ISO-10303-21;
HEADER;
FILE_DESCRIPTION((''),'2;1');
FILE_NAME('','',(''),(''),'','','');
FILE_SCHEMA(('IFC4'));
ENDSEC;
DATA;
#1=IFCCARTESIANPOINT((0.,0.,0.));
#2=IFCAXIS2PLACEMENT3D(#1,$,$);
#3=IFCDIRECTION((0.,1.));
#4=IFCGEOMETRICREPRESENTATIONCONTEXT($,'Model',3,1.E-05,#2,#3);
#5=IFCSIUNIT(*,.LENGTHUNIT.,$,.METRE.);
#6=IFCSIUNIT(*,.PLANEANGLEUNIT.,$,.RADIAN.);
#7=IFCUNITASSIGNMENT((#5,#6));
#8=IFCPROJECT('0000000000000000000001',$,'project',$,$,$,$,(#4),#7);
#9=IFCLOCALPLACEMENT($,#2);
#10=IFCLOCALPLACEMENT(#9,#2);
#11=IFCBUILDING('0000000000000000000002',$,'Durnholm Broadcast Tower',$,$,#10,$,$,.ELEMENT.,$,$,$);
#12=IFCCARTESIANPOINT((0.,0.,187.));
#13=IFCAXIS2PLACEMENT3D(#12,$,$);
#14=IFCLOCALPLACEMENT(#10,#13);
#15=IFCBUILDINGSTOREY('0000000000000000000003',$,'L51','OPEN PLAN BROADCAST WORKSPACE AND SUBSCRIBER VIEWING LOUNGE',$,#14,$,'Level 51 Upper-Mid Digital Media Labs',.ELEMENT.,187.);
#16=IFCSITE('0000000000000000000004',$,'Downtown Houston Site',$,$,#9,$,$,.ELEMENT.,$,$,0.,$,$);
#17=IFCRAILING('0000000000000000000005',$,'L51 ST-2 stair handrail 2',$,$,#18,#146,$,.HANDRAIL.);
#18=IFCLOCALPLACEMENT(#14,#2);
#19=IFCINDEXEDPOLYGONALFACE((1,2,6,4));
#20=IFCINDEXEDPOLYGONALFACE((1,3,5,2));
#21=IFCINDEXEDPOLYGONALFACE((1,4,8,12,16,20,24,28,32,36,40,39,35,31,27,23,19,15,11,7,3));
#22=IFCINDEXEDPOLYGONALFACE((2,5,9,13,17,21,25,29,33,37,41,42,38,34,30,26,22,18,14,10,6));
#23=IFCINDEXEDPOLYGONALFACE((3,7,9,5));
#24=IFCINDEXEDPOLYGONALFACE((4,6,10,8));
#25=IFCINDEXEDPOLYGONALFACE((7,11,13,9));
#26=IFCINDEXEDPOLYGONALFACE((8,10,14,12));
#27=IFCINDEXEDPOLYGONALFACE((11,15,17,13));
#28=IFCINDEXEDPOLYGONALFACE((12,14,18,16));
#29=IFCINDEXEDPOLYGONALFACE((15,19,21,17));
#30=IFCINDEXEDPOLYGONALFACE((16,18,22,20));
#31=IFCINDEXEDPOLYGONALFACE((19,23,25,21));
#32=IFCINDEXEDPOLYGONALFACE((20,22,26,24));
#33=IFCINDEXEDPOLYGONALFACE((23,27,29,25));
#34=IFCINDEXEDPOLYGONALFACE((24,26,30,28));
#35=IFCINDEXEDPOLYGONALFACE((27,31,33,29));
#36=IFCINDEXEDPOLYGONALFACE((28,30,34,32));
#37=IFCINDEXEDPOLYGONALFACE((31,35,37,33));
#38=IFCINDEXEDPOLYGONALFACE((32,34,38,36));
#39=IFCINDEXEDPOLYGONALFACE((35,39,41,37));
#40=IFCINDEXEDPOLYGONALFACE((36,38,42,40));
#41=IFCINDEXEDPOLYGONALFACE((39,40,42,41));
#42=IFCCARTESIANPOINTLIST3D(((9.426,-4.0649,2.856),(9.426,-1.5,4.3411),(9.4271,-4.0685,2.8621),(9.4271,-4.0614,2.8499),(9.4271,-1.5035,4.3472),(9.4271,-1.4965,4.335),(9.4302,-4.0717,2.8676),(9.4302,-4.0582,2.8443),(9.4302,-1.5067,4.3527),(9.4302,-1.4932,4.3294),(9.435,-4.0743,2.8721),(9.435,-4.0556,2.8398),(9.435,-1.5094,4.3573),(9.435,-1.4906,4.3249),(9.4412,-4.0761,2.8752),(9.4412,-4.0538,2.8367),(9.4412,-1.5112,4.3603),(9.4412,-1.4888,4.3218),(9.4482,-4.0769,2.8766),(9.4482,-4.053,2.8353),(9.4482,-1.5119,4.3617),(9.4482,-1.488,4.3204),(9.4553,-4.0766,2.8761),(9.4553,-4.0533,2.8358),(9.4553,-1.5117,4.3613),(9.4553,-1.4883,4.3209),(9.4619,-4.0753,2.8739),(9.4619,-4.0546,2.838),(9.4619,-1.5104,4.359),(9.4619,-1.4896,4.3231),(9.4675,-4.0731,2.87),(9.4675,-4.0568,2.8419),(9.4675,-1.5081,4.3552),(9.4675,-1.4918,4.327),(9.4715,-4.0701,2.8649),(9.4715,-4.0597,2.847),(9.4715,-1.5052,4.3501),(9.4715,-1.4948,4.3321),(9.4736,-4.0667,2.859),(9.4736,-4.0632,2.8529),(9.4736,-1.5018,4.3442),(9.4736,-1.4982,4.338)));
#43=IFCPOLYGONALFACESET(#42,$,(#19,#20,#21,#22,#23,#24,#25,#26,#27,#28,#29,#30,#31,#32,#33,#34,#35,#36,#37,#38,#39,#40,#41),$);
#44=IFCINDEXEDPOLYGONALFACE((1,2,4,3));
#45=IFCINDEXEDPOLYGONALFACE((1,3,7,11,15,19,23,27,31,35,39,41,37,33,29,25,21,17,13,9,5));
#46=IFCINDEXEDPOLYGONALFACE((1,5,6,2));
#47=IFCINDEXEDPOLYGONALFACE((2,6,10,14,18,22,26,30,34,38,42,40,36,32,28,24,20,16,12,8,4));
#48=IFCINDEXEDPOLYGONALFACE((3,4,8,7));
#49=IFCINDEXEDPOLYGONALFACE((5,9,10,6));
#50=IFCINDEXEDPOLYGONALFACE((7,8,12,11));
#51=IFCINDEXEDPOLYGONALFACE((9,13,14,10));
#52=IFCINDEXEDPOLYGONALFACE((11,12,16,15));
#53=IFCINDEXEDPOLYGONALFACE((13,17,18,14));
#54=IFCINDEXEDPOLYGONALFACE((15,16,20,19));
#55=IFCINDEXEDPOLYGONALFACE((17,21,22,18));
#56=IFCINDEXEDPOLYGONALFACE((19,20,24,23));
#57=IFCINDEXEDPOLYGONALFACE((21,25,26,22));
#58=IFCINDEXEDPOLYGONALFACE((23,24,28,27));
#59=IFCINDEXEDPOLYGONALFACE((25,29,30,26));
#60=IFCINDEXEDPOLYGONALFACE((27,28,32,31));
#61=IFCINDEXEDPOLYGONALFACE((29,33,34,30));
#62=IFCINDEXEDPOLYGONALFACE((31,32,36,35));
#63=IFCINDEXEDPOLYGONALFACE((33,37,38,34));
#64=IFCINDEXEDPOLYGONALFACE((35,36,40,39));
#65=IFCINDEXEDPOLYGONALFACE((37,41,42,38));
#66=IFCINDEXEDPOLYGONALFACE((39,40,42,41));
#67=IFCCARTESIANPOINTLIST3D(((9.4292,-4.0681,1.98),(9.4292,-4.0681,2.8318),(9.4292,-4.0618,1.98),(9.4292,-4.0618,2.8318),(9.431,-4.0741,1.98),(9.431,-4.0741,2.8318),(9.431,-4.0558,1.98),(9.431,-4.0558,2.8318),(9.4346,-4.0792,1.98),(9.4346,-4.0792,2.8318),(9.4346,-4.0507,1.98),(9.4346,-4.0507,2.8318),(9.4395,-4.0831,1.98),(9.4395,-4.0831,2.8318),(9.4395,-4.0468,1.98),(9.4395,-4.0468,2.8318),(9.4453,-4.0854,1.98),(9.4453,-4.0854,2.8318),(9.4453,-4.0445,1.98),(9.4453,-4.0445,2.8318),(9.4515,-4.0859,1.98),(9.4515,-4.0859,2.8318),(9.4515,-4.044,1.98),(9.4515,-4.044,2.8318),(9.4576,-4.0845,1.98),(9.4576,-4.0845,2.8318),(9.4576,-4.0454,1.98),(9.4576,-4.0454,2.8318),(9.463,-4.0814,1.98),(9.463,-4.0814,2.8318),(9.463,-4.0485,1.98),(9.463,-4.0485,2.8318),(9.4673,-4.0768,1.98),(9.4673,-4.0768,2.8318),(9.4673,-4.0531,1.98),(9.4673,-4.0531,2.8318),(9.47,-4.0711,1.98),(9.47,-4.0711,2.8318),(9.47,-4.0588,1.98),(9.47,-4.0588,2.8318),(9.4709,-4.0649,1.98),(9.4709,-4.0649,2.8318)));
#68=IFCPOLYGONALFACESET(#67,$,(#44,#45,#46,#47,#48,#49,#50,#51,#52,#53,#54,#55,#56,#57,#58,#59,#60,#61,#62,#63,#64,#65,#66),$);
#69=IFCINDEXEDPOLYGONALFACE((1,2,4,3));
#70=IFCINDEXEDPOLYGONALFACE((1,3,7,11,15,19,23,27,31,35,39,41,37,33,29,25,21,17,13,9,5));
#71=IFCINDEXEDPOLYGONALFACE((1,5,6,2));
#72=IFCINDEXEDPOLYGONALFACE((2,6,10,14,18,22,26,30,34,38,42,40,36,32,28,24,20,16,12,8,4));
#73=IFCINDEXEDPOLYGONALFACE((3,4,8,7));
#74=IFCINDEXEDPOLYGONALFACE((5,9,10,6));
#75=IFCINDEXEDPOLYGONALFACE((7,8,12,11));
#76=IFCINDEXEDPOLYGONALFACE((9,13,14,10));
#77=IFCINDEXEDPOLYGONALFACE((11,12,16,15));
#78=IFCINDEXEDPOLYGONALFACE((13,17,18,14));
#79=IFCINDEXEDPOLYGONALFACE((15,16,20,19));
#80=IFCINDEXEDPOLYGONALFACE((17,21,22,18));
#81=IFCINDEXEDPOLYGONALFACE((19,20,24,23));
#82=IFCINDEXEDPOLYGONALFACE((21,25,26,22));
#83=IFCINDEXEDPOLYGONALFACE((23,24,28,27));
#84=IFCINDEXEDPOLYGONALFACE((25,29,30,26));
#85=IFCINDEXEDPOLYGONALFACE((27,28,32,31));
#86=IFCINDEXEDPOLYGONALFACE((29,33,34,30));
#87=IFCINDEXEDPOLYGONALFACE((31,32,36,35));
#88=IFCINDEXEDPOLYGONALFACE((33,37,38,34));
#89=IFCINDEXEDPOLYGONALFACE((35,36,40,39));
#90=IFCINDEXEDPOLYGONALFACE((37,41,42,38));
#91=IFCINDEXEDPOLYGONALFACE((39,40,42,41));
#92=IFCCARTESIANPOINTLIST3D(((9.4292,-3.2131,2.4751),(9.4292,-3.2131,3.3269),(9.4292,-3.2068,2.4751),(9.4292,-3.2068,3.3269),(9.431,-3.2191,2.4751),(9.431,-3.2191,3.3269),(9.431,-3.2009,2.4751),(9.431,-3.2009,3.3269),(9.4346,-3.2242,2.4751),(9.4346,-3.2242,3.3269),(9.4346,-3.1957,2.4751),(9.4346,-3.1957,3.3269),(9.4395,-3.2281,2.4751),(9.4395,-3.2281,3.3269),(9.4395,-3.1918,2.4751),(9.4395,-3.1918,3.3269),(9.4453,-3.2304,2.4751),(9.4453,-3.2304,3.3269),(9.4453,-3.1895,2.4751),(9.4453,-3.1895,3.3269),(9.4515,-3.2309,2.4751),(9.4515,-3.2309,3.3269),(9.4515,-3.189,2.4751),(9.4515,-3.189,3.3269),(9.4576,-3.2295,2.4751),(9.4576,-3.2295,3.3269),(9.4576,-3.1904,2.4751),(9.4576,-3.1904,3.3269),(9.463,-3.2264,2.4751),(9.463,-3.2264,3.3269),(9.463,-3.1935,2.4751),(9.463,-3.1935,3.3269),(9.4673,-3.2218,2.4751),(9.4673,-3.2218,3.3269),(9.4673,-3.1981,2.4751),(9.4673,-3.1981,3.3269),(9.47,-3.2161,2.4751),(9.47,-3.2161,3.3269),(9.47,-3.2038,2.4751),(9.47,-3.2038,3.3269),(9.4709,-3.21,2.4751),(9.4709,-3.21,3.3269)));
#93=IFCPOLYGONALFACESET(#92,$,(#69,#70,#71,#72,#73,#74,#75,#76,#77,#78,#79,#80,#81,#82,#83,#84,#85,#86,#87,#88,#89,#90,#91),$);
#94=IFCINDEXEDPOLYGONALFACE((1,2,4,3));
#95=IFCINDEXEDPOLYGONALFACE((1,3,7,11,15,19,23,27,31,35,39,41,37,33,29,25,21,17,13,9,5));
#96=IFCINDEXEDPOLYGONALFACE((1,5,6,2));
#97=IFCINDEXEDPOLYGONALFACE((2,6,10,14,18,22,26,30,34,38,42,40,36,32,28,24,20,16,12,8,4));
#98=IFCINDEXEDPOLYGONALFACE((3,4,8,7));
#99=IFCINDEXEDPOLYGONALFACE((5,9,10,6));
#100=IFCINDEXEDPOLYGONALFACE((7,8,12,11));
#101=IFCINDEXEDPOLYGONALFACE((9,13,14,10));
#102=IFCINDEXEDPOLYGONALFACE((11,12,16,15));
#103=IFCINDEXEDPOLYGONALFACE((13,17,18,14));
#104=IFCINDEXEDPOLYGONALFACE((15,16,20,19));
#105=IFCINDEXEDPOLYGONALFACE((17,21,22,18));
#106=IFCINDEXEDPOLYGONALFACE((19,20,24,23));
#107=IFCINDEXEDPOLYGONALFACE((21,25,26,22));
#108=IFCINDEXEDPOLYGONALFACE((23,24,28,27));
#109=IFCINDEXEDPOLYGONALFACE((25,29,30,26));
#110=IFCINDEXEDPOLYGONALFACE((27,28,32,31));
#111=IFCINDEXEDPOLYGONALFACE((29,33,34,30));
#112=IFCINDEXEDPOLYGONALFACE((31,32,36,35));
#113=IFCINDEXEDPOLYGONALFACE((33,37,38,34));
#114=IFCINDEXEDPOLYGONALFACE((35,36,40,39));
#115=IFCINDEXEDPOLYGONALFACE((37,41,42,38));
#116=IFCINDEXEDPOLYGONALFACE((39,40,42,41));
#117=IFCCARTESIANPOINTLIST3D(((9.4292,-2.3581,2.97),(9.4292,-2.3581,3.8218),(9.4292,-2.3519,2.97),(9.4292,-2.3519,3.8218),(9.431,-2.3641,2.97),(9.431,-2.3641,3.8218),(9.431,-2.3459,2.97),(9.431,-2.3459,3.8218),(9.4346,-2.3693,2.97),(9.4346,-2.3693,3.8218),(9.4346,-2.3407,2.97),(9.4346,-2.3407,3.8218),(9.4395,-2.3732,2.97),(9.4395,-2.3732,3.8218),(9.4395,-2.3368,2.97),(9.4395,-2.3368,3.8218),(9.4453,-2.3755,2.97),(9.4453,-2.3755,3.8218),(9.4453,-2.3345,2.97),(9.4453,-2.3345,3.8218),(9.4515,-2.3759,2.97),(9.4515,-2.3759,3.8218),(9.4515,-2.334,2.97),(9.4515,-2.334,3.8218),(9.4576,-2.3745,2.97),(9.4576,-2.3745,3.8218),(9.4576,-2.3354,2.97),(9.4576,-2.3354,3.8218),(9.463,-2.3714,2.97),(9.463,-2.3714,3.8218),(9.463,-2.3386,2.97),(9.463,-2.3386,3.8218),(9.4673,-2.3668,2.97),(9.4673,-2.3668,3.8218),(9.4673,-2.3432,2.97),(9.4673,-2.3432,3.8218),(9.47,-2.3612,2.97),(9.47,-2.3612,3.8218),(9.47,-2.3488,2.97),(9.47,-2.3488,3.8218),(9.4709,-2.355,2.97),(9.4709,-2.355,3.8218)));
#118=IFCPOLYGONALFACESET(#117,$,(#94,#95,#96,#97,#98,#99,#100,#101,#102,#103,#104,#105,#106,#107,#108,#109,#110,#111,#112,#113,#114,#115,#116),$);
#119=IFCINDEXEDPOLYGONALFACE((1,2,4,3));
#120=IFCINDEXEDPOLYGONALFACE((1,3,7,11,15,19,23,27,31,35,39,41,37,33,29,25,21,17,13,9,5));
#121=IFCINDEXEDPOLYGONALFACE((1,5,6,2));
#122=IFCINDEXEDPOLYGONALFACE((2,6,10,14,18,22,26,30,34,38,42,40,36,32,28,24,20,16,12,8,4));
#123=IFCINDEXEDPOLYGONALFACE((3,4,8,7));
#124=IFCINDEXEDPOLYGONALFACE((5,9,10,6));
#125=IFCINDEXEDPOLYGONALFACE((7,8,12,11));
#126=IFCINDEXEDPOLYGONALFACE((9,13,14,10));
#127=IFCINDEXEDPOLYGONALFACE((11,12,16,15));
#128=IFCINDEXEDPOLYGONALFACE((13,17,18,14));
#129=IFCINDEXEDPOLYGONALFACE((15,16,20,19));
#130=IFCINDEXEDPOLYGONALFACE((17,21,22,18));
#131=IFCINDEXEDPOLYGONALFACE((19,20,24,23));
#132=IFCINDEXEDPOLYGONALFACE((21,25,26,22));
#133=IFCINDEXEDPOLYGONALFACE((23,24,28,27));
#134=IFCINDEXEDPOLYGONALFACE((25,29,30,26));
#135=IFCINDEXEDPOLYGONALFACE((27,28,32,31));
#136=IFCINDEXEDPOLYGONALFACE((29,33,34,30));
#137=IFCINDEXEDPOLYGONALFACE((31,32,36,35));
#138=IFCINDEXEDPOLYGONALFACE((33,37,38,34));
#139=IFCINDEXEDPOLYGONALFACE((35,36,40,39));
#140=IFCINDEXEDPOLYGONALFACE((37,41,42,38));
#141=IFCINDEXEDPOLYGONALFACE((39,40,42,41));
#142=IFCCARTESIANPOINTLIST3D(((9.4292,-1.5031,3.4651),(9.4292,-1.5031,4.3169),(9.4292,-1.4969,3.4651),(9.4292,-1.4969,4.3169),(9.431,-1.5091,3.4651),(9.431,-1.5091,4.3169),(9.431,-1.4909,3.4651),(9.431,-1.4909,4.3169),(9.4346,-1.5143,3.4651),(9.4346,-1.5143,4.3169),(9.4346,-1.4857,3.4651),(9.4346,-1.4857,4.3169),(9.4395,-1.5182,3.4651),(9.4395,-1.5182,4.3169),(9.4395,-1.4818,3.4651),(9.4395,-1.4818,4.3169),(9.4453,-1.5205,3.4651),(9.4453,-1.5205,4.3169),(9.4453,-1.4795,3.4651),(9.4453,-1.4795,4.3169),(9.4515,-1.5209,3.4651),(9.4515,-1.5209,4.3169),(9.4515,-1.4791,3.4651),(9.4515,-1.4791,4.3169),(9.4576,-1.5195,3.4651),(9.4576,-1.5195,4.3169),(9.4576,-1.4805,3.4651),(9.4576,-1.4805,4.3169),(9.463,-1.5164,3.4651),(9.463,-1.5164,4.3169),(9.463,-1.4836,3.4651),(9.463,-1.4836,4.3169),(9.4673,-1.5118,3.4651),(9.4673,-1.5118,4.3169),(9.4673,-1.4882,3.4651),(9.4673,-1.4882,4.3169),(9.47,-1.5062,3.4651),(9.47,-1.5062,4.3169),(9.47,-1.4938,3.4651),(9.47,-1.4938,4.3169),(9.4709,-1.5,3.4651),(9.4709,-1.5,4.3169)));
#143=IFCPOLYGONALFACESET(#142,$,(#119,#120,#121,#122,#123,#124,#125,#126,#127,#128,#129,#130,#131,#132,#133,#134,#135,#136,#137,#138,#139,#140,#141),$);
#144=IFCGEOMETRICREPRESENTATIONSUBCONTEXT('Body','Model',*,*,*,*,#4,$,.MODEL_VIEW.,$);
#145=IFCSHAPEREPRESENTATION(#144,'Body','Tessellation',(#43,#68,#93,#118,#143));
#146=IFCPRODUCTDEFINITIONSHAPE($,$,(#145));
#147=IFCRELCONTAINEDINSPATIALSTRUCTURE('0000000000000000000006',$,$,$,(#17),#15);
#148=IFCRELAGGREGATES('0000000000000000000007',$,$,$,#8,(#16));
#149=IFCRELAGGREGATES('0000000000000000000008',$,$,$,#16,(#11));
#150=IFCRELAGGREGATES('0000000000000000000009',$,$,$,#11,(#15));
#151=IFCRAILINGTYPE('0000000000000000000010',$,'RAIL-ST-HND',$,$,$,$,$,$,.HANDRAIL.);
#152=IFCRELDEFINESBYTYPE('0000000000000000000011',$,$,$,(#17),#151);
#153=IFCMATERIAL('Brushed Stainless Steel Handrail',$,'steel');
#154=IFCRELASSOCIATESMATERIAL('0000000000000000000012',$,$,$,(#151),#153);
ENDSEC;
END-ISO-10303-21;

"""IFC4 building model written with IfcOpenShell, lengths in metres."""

from ifc_helpers import new_model, si_unit, direction, frame, origin, origin_2d, place, context, subcontext, project, spatial, circle, extrude, material, type_object, element, save


model = new_model("IFC4")

# Units and contexts
model_context = context("Model", 3, precision=1e-05, world=origin(), true_north=direction((0.0, 1.0)))
body_context = subcontext(model_context, "Body", "Model", "MODEL_VIEW")
ifc_project = project(units=[si_unit("LENGTHUNIT", "METRE"), si_unit("PLANEANGLEUNIT", "RADIAN")], contexts=[model_context])

# Site, building, storey
site_placement = place(None, origin())
site = spatial("IfcSite", under=ifc_project, at=site_placement, Name="Downtown Houston Site", CompositionType="ELEMENT", RefElevation=0.0)
building_placement = place(site_placement, origin())
building = spatial("IfcBuilding", under=site, at=building_placement, Name="Durnholm Broadcast Tower", CompositionType="ELEMENT")
storey_placement = place(building_placement, frame((0.0, 0.0, 187.0)))
storey = spatial("IfcBuildingStorey", under=building, at=storey_placement, Name="L51", Description="OPEN PLAN BROADCAST WORKSPACE AND SUBSCRIBER VIEWING LOUNGE", LongName="Level 51 Upper-Mid Digital Media Labs", CompositionType="ELEMENT", Elevation=187.0)

# Railing
ifc_material_1 = material(Name="Brushed Stainless Steel Handrail", Category="steel")
railing_type_1 = type_object("IfcRailingType", Name="RAIL-ST-HND", PredefinedType="HANDRAIL", material=ifc_material_1)
railing_1_placement = place(storey_placement, frame((9.45, -4.0649, 1.98)))
element("IfcRailing", 1, at=railing_1_placement, inside=storey, type_object=railing_type_1, Name="L51 ST-2 stair handrail 2", PredefinedType="HANDRAIL", context=body_context, shape_type="SweptSolid", body=[
    extrude(circle(Radius=0.0239, at=origin_2d()), frame((0.0, 0.0, 0.876), z_axis=(0.0, 0.865406, 0.501072), x_axis=(-1.0, 0.0, 0.0)), (0.0, 0.0, 1.0), 2.9639),
    extrude(circle(Radius=0.021, at=origin_2d()), origin(), (0.0, 0.0, 1.0), 0.8518),
    extrude(circle(Radius=0.021, at=origin_2d()), frame((0.0, 0.855, 0.4951)), (0.0, 0.0, 1.0), 0.8518),
    extrude(circle(Radius=0.021, at=origin_2d()), frame((0.0, 1.71, 0.99)), (0.0, 0.0, 1.0), 0.8518),
    extrude(circle(Radius=0.021, at=origin_2d()), frame((0.0, 2.5649, 1.4851)), (0.0, 0.0, 1.0), 0.8518),
])

save(model, "model.ifc")
